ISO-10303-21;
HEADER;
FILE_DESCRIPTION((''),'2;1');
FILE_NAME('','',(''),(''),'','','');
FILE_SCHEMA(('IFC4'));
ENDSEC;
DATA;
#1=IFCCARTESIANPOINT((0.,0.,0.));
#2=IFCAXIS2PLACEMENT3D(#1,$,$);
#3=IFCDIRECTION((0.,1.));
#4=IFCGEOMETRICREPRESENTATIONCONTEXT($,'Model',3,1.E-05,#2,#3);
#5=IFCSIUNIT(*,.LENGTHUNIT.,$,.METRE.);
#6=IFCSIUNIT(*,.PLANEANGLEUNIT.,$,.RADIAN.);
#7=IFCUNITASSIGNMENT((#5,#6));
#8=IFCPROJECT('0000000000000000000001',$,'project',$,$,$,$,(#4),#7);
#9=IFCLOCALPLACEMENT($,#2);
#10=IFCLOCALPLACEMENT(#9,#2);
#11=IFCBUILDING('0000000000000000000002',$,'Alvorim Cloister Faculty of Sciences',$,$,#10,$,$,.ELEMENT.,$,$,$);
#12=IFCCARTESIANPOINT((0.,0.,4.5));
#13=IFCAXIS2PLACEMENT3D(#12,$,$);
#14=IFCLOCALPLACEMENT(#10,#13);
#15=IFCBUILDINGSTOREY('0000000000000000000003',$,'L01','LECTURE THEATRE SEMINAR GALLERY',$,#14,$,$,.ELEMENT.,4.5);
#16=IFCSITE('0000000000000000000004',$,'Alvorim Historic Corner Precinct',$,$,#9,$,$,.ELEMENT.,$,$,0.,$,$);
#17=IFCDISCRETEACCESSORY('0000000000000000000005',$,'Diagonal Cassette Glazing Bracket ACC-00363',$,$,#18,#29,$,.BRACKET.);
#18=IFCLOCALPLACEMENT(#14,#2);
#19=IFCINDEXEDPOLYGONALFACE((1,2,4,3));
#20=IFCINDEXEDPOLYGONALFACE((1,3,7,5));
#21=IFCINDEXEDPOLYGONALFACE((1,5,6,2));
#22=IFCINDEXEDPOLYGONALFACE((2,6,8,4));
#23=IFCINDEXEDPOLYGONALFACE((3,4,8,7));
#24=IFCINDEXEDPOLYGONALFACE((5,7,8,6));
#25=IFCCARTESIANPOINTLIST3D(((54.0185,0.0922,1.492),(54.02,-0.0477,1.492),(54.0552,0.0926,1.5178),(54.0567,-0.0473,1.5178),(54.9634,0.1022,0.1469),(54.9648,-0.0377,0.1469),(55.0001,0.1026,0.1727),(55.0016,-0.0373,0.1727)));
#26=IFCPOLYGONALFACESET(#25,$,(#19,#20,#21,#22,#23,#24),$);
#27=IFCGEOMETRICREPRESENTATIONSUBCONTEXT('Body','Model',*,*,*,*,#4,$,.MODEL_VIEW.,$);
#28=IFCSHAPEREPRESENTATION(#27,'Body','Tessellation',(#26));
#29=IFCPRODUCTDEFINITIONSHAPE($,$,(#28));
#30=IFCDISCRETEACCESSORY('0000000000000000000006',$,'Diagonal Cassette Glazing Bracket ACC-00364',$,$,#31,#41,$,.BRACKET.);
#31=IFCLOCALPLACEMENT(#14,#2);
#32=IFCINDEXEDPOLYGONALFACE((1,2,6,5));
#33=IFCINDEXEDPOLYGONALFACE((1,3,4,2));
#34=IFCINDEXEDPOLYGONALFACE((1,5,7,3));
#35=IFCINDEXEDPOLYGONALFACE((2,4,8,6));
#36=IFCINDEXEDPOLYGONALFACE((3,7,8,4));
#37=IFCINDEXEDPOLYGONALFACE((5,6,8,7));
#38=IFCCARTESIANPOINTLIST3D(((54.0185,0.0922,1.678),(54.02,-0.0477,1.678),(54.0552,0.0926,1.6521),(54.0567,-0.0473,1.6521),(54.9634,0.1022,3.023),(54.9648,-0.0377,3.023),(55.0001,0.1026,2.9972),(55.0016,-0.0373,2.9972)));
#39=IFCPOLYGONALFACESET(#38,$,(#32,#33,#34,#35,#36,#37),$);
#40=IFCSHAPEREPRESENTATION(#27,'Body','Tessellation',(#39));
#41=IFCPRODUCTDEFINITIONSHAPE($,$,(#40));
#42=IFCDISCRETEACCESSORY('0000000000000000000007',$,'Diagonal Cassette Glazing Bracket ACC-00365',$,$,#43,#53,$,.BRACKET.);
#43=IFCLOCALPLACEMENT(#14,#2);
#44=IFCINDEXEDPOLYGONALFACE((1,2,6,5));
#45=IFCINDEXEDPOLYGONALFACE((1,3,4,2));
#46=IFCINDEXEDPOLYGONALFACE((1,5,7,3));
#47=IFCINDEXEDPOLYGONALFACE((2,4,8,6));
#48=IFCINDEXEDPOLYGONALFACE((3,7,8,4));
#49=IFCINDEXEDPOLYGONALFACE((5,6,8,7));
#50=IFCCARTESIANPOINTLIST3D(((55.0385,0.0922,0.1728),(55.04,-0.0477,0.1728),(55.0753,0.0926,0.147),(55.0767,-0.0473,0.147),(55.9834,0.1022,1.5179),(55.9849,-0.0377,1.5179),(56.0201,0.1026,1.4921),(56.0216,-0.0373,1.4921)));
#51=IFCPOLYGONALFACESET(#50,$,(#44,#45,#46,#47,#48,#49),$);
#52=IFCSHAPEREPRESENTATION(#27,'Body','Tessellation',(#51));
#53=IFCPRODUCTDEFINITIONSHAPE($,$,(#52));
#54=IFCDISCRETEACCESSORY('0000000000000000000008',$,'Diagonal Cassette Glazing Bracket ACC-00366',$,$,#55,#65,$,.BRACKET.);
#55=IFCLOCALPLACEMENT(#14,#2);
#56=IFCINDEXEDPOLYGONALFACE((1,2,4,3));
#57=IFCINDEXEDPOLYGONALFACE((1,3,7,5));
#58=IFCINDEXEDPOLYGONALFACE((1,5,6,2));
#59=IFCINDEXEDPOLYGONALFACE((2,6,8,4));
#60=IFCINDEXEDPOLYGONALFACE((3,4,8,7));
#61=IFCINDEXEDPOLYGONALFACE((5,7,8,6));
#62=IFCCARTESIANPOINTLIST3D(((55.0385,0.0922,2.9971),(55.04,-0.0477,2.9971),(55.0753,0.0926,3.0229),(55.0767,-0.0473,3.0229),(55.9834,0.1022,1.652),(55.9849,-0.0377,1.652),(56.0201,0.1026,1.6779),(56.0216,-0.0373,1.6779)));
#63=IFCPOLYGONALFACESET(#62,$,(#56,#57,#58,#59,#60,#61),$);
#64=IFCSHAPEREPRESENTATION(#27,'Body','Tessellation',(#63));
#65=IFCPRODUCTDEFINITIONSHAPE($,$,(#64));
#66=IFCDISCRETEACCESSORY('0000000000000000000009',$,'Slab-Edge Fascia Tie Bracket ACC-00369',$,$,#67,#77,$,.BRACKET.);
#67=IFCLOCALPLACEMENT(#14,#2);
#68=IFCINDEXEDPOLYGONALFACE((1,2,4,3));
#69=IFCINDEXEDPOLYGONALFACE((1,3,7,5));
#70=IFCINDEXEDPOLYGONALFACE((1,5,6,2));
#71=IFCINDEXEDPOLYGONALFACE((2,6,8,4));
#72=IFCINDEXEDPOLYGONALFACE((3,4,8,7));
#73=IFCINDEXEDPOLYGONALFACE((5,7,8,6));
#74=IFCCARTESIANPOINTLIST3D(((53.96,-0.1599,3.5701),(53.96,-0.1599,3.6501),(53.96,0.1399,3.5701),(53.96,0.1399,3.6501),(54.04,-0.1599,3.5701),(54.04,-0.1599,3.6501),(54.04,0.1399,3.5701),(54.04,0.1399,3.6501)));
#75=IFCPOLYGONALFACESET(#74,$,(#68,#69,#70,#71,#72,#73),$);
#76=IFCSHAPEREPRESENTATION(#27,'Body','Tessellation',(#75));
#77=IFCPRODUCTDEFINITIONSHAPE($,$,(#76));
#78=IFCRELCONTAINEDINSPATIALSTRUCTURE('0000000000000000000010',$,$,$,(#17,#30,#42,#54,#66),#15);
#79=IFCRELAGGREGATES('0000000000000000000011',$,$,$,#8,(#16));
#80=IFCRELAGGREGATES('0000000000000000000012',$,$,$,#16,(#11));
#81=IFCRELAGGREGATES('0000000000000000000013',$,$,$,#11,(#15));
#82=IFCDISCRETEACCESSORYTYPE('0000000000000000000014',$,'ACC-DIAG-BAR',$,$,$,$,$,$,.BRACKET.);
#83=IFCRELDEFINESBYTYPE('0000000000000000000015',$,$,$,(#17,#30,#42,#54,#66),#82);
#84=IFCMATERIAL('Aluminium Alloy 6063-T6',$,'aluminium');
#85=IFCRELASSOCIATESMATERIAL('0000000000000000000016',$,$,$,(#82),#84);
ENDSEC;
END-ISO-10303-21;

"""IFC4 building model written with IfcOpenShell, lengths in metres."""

from ifc_helpers import new_model, si_unit, direction, frame, origin, origin_2d, place, context, subcontext, project, spatial, rectangle, extrude, material, type_object, element, save


model = new_model("IFC4")

# Units and contexts
model_context = context("Model", 3, precision=1e-05, world=origin(), true_north=direction((0.0, 1.0)))
body_context = subcontext(model_context, "Body", "Model", "MODEL_VIEW")
ifc_project = project(units=[si_unit("LENGTHUNIT", "METRE"), si_unit("PLANEANGLEUNIT", "RADIAN")], contexts=[model_context])

# Site, building, storey
site_placement = place(None, origin())
site = spatial("IfcSite", under=ifc_project, at=site_placement, Name="Alvorim Historic Corner Precinct", CompositionType="ELEMENT", RefElevation=0.0)
building_placement = place(site_placement, origin())
building = spatial("IfcBuilding", under=site, at=building_placement, Name="Alvorim Cloister Faculty of Sciences", CompositionType="ELEMENT")
storey_placement = place(building_placement, frame((0.0, 0.0, 4.5)))
storey = spatial("IfcBuildingStorey", under=building, at=storey_placement, Name="L01", Description="LECTURE THEATRE SEMINAR GALLERY", CompositionType="ELEMENT", Elevation=4.5)

# Shared definitions
ifc_material_1 = material(Name="Aluminium Alloy 6063-T6", Category="aluminium")

# Discrete accessories
discrete_accessory_type = type_object("IfcDiscreteAccessoryType", Name="ACC-DIAG-BAR", PredefinedType="BRACKET", material=ifc_material_1)
for number, where, z_axis, x_axis, name in (
    (1, (54.0376, 0.0225, 1.5049), (0.574817, 0.00609, -0.81826), (-0.010594, 0.999944, 0.0), "Diagonal Cassette Glazing Bracket ACC-00363"),
    (2, (54.0376, 0.0225, 1.665), (0.574817, 0.00609, 0.81826), (-0.010594, 0.999944, 0.0), "Diagonal Cassette Glazing Bracket ACC-00364"),
    (3, (55.0576, 0.0225, 0.1599), (0.574817, 0.00609, 0.81826), (-0.010594, 0.999944, 0.0), "Diagonal Cassette Glazing Bracket ACC-00365"),
    (4, (55.0576, 0.0225, 3.01), (0.574817, 0.00609, -0.81826), (-0.010594, 0.999944, 0.0), "Diagonal Cassette Glazing Bracket ACC-00366"),
):
    element("IfcDiscreteAccessory", number, at=place(storey_placement, frame(where, z_axis=z_axis, x_axis=x_axis)), inside=storey, type_object=discrete_accessory_type, Name=name, PredefinedType="BRACKET", context=body_context, shape_type="SweptSolid", body=[
        extrude(rectangle(XDim=0.1399, YDim=0.0449, at=origin_2d()), origin(), (0.0, 0.0, 1.0), 1.6438),
    ])
discrete_accessory_placement = place(storey_placement, frame((54.0, 0.1399, 3.6101), z_axis=(0.0, -1.0, 0.0), x_axis=(1.0, 0.0, 0.0)))
element("IfcDiscreteAccessory", 5, at=discrete_accessory_placement, inside=storey, type_object=discrete_accessory_type, Name="Slab-Edge Fascia Tie Bracket ACC-00369", PredefinedType="BRACKET", context=body_context, shape_type="SweptSolid", body=[
    extrude(rectangle(XDim=0.0801, YDim=0.0801, at=origin_2d()), origin(), (0.0, 0.0, 1.0), 0.2998),
])

save(model, "model.ifc")
